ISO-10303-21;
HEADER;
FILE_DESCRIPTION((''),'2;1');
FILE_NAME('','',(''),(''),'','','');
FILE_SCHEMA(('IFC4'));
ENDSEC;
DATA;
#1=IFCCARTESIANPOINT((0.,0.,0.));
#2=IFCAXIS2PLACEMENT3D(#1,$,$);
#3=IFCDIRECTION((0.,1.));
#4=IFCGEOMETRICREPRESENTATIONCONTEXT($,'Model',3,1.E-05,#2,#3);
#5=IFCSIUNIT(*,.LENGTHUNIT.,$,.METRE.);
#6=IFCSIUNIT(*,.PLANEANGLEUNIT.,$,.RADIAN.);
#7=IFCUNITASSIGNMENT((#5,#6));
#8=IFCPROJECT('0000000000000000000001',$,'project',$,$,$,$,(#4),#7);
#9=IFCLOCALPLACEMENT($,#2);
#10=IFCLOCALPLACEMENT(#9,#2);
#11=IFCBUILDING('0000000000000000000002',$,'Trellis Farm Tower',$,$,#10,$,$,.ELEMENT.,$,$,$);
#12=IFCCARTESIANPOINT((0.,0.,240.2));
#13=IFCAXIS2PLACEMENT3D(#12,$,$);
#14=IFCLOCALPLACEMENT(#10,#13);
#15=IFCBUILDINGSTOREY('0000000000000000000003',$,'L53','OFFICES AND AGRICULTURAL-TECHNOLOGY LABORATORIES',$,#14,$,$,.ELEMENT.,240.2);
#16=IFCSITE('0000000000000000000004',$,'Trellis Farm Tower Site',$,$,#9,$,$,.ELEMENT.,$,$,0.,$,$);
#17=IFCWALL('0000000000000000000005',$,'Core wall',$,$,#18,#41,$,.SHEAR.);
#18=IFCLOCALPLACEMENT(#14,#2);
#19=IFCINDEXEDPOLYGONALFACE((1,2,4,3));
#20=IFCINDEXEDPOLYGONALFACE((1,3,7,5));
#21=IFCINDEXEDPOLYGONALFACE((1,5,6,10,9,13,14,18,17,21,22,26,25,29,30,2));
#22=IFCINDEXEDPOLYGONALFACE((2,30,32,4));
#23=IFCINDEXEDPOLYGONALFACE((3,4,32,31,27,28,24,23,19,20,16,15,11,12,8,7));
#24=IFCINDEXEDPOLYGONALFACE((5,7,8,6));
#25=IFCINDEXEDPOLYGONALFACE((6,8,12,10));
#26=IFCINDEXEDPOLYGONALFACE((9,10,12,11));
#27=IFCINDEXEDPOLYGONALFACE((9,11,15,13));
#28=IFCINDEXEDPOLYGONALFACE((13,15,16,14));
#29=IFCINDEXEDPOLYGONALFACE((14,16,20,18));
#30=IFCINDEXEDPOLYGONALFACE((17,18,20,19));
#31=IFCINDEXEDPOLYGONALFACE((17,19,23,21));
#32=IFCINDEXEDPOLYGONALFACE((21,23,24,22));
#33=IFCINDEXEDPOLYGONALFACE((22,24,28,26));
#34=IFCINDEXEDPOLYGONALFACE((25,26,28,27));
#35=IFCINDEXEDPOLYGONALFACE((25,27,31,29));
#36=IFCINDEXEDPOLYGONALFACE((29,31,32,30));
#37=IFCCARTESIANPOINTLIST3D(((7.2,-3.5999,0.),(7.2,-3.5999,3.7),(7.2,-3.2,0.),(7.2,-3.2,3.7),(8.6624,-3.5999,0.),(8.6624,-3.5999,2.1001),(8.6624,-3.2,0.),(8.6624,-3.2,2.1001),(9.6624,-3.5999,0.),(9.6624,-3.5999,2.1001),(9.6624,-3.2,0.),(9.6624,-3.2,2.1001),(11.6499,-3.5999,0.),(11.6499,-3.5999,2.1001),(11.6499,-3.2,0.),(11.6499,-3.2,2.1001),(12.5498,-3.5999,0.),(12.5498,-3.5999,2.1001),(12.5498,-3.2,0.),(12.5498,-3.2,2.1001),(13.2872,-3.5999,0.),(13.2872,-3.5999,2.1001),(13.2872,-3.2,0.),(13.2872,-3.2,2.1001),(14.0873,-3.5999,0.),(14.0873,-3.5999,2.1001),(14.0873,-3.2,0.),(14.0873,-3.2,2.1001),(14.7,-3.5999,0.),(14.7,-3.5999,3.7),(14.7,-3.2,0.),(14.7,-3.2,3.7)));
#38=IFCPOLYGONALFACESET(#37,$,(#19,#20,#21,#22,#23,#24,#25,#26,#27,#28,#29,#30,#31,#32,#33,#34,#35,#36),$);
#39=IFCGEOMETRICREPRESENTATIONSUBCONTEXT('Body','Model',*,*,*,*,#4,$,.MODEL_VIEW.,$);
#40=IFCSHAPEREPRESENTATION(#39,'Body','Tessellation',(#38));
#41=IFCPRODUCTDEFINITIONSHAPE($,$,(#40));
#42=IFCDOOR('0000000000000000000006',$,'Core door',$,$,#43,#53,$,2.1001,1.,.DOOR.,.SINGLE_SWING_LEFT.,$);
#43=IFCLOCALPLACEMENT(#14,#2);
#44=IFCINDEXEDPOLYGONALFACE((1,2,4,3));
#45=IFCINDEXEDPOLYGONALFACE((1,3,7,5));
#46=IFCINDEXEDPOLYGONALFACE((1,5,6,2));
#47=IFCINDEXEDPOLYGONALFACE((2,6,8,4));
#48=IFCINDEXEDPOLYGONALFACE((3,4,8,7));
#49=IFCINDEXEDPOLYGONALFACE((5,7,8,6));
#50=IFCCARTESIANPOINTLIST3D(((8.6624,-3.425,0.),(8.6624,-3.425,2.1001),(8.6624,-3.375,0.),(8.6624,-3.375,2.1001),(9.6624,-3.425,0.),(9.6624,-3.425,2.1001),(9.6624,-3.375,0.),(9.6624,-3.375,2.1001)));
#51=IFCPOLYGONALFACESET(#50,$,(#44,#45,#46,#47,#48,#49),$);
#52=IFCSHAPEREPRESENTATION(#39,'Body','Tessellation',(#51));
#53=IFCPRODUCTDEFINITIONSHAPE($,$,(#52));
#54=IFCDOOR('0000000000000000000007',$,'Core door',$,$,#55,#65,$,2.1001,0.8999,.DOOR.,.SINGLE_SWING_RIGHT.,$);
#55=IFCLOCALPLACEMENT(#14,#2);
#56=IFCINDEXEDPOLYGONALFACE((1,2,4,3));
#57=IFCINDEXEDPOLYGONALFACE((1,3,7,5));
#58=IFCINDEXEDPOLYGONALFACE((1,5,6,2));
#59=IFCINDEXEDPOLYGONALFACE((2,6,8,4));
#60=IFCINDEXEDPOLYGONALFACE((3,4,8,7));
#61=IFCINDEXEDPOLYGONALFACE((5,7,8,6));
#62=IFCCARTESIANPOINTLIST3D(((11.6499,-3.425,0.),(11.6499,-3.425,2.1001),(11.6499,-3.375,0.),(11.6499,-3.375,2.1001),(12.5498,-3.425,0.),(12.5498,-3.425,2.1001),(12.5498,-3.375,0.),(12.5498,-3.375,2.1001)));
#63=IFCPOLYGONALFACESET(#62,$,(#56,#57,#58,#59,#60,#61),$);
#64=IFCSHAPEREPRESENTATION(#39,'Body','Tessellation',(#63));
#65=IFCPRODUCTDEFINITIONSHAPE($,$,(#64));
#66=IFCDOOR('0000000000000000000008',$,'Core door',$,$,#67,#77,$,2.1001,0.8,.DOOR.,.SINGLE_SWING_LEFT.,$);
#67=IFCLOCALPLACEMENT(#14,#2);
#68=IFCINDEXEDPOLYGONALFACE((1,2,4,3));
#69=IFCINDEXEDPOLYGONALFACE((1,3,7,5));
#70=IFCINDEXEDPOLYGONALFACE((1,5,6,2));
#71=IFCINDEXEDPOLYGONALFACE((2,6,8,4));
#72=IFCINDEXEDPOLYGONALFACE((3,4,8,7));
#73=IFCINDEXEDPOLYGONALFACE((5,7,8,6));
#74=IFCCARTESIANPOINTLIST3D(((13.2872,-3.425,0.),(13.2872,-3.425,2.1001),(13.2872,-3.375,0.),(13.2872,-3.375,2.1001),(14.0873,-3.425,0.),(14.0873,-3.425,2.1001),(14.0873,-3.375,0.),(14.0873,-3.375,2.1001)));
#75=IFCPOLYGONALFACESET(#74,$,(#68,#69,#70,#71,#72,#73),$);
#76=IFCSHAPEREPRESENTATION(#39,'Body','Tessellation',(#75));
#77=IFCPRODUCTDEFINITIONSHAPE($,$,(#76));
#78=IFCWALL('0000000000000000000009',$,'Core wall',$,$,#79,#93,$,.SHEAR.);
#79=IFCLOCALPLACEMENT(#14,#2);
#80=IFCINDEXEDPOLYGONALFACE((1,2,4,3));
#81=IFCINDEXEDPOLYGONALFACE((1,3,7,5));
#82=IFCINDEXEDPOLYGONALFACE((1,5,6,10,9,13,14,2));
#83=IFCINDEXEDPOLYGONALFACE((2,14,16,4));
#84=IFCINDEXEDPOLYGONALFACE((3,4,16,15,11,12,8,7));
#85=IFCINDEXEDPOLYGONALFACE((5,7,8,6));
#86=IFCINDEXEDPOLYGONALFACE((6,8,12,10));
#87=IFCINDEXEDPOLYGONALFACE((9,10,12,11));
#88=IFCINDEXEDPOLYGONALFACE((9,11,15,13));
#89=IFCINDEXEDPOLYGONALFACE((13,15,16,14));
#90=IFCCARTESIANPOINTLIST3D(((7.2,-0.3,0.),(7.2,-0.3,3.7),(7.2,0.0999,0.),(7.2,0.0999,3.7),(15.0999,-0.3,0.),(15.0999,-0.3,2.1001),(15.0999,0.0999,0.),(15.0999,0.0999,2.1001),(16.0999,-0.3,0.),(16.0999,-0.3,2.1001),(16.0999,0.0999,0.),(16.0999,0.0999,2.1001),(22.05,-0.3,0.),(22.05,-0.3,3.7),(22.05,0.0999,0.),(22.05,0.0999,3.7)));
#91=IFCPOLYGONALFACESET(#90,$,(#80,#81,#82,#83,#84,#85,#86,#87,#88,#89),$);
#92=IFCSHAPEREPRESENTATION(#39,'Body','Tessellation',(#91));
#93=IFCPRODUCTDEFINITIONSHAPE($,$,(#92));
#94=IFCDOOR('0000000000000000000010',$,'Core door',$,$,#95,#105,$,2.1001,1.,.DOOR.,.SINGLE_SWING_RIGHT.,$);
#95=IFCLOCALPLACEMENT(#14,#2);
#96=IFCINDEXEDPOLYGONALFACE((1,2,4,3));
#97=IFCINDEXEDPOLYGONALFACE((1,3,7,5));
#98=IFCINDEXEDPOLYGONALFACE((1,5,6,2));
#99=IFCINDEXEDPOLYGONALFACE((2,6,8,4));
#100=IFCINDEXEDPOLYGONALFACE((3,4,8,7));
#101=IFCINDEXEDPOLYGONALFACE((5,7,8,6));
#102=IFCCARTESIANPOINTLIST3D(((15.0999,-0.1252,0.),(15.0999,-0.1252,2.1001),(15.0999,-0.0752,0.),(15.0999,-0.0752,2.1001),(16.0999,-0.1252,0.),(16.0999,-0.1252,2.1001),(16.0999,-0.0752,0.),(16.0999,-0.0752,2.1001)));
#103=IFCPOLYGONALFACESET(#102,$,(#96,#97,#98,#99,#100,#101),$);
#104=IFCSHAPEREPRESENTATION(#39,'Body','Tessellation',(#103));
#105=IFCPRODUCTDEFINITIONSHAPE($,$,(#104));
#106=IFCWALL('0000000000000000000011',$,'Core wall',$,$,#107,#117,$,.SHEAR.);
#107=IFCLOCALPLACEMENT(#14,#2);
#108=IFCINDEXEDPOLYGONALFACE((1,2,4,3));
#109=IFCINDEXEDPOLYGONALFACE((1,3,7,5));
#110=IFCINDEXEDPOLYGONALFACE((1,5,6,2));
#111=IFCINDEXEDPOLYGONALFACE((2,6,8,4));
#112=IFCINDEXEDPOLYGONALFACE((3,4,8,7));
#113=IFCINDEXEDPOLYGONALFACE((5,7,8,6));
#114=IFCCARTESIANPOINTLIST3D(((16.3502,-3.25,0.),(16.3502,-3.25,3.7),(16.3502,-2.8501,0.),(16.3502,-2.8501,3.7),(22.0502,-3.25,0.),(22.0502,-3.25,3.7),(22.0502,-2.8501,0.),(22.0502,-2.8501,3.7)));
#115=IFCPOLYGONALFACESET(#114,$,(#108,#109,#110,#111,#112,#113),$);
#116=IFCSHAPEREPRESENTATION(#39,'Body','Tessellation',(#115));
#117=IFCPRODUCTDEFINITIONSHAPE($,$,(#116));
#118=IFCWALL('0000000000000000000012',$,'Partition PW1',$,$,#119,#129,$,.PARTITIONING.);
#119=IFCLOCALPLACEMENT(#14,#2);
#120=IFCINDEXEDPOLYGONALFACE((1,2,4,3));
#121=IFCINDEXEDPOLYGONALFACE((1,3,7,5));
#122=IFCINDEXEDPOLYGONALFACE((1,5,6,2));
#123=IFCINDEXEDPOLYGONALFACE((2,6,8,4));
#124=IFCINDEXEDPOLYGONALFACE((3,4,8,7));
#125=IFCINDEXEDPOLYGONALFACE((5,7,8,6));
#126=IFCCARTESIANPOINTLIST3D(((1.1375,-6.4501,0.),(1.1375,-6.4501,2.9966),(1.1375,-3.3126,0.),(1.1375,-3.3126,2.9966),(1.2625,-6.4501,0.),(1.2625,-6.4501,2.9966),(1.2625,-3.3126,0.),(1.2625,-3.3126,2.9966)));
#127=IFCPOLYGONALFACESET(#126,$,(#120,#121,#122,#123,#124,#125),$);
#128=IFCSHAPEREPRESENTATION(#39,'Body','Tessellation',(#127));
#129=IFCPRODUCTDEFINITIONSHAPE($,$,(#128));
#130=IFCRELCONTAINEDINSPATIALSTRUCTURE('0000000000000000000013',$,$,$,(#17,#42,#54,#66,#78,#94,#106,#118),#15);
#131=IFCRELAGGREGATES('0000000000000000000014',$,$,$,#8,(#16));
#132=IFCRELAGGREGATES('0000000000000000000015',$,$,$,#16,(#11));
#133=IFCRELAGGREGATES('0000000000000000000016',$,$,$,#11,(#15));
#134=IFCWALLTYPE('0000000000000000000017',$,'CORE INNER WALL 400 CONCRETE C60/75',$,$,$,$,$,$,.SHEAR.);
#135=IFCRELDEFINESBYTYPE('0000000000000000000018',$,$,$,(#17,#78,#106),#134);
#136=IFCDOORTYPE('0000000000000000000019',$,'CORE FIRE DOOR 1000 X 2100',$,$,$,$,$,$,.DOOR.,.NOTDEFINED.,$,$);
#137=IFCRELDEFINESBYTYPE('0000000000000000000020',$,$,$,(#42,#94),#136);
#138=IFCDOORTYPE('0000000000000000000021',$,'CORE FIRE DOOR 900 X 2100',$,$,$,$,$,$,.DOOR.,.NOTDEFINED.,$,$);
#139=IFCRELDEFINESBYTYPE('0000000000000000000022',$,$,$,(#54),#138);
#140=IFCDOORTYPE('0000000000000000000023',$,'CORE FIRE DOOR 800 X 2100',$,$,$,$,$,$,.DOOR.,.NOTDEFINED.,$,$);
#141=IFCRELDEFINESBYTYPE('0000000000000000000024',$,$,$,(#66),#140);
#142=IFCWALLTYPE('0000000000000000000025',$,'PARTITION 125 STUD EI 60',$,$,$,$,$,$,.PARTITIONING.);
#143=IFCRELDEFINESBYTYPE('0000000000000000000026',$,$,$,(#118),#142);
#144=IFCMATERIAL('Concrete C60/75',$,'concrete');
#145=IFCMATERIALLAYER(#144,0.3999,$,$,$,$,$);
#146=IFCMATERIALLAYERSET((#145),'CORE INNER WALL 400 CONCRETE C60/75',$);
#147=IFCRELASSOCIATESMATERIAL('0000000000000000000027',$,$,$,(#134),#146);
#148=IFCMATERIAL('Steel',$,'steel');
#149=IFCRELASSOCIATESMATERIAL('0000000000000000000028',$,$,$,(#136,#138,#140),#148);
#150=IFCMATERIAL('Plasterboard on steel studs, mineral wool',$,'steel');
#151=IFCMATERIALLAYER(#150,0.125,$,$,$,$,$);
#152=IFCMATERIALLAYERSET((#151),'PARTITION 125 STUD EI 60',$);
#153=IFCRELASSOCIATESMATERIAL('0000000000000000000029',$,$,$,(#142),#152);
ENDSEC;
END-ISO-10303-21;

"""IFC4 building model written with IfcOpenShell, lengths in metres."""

from ifc_helpers import new_model, si_unit, direction, frame, frame_2d, origin, place, context, subcontext, project, spatial, rectangle, extrude, source, transform, mapped, material, layer, layer_set, type_object, element, fill, save


model = new_model("IFC4")

# Units and contexts
model_context = context("Model", 3, precision=1e-05, world=origin(), true_north=direction((0.0, 1.0)))
body_context = subcontext(model_context, "Body", "Model", "MODEL_VIEW")
ifc_project = project(units=[si_unit("LENGTHUNIT", "METRE"), si_unit("PLANEANGLEUNIT", "RADIAN")], contexts=[model_context])

# Site, building, storey
site_placement = place(None, origin())
site = spatial("IfcSite", under=ifc_project, at=site_placement, Name="Trellis Farm Tower Site", CompositionType="ELEMENT", RefElevation=0.0)
building_placement = place(site_placement, origin())
building = spatial("IfcBuilding", under=site, at=building_placement, Name="Trellis Farm Tower", CompositionType="ELEMENT")
storey_placement = place(building_placement, frame((0.0, 0.0, 240.2)))
storey = spatial("IfcBuildingStorey", under=building, at=storey_placement, Name="L53", Description="OFFICES AND AGRICULTURAL-TECHNOLOGY LABORATORIES", CompositionType="ELEMENT", Elevation=240.2)

# Shared definitions
ifc_material_1 = material(Name="Concrete C60/75", Category="concrete")

# Wall, openings, doors
ifc_layer_1 = layer(ifc_material_1, 0.3999)
ifc_layer_set_1 = layer_set([ifc_layer_1], Name="CORE INNER WALL 400 CONCRETE C60/75")
wall_type_1 = type_object("IfcWallType", Name="CORE INNER WALL 400 CONCRETE C60/75", PredefinedType="SHEAR", material=ifc_layer_set_1)
shared_shape_1 = source(origin(), body_context, "Body", "SweptSolid", [
    extrude(rectangle(XDim=7.5, YDim=0.3999, at=frame_2d((3.75, 0.0))), origin(), (0.0, 0.0, 1.0), 3.7),
])
wall_1_placement = place(storey_placement, frame((7.2, -3.3999, 0.0), z_axis=(0.0, 0.0, 1.0), x_axis=(1.0, 0.0, 0.0)))
wall_1 = element("IfcWall", 1, at=wall_1_placement, inside=storey, type_object=wall_type_1, Name="Core wall", PredefinedType="SHEAR", context=body_context, shape_type="MappedRepresentation", body=[
    mapped(shared_shape_1, transform((0.0, 0.0, 0.0))),
])
shared_shape_2 = source(origin(), body_context, "Body", "SweptSolid", [
    extrude(rectangle(XDim=1.0, YDim=2.1001, at=frame_2d((0.5, 1.05))), frame((0.0, 0.21, 0.0), z_axis=(0.0, -1.0, 0.0), x_axis=(1.0, 0.0, 0.0)), (0.0, 0.0, 1.0), 0.4199),
])
opening_1_placement = place(wall_1_placement, frame((1.4624, 0.0, 0.0)))
opening_1 = element("IfcOpeningElement", 2, at=opening_1_placement, cuts=wall_1, PredefinedType="OPENING", context=body_context, shape_type="MappedRepresentation", body=[
    mapped(shared_shape_2, transform((0.0, 0.0, 0.0))),
])
shared_shape_3 = source(origin(), body_context, "Body", "SweptSolid", [
    extrude(rectangle(XDim=0.8999, YDim=2.1001, at=frame_2d((0.45, 1.05))), frame((0.0, 0.21, 0.0), z_axis=(0.0, -1.0, 0.0), x_axis=(1.0, 0.0, 0.0)), (0.0, 0.0, 1.0), 0.4199),
])
opening_2_placement = place(wall_1_placement, frame((4.45, 0.0, 0.0)))
opening_2 = element("IfcOpeningElement", 3, at=opening_2_placement, cuts=wall_1, PredefinedType="OPENING", context=body_context, shape_type="MappedRepresentation", body=[
    mapped(shared_shape_3, transform((0.0, 0.0, 0.0))),
])
shared_shape_4 = source(origin(), body_context, "Body", "SweptSolid", [
    extrude(rectangle(XDim=0.8, YDim=2.1001, at=frame_2d((0.3999, 1.05))), frame((0.0, 0.21, 0.0), z_axis=(0.0, -1.0, 0.0), x_axis=(1.0, 0.0, 0.0)), (0.0, 0.0, 1.0), 0.4199),
])
opening_3_placement = place(wall_1_placement, frame((6.0874, 0.0, 0.0)))
opening_3 = element("IfcOpeningElement", 4, at=opening_3_placement, cuts=wall_1, PredefinedType="OPENING", context=body_context, shape_type="MappedRepresentation", body=[
    mapped(shared_shape_4, transform((0.0, 0.0, 0.0))),
])
ifc_material_2 = material(Name="Steel", Category="steel")
door_type_1 = type_object("IfcDoorType", Name="CORE FIRE DOOR 1000 X 2100", OperationType="NOTDEFINED", PredefinedType="DOOR", material=ifc_material_2)
shared_shape_5 = source(origin(), body_context, "Body", "SweptSolid", [
    extrude(rectangle(XDim=1.0, YDim=2.1001, at=frame_2d((0.5, 1.05))), frame((0.0, 0.0249, 0.0), z_axis=(0.0, -1.0, 0.0), x_axis=(1.0, 0.0, 0.0)), (0.0, 0.0, 1.0), 0.05),
])
door_1_placement = place(opening_1_placement, origin())
door_1 = element("IfcDoor", 5, at=door_1_placement, inside=storey, type_object=door_type_1, Name="Core door", OperationType="SINGLE_SWING_LEFT", OverallHeight=2.1001, OverallWidth=1.0, PredefinedType="DOOR", context=body_context, shape_type="MappedRepresentation", body=[
    mapped(shared_shape_5, transform((0.0, 0.0, 0.0))),
])
fill(opening_1, door_1)
door_type_2 = type_object("IfcDoorType", Name="CORE FIRE DOOR 900 X 2100", OperationType="NOTDEFINED", PredefinedType="DOOR", material=ifc_material_2)
shared_shape_6 = source(origin(), body_context, "Body", "SweptSolid", [
    extrude(rectangle(XDim=0.8999, YDim=2.1001, at=frame_2d((0.45, 1.05))), frame((0.0, 0.0249, 0.0), z_axis=(0.0, -1.0, 0.0), x_axis=(1.0, 0.0, 0.0)), (0.0, 0.0, 1.0), 0.05),
])
door_2_placement = place(opening_2_placement, origin())
door_2 = element("IfcDoor", 6, at=door_2_placement, inside=storey, type_object=door_type_2, Name="Core door", OperationType="SINGLE_SWING_RIGHT", OverallHeight=2.1001, OverallWidth=0.8999, PredefinedType="DOOR", context=body_context, shape_type="MappedRepresentation", body=[
    mapped(shared_shape_6, transform((0.0, 0.0, 0.0))),
])
fill(opening_2, door_2)
door_type_3 = type_object("IfcDoorType", Name="CORE FIRE DOOR 800 X 2100", OperationType="NOTDEFINED", PredefinedType="DOOR", material=ifc_material_2)
shared_shape_7 = source(origin(), body_context, "Body", "SweptSolid", [
    extrude(rectangle(XDim=0.8, YDim=2.1001, at=frame_2d((0.3999, 1.05))), frame((0.0, 0.0249, 0.0), z_axis=(0.0, -1.0, 0.0), x_axis=(1.0, 0.0, 0.0)), (0.0, 0.0, 1.0), 0.05),
])
door_3_placement = place(opening_3_placement, origin())
door_3 = element("IfcDoor", 7, at=door_3_placement, inside=storey, type_object=door_type_3, Name="Core door", OperationType="SINGLE_SWING_LEFT", OverallHeight=2.1001, OverallWidth=0.8, PredefinedType="DOOR", context=body_context, shape_type="MappedRepresentation", body=[
    mapped(shared_shape_7, transform((0.0, 0.0, 0.0))),
])
fill(opening_3, door_3)

# Wall, opening, door
shared_shape_8 = source(origin(), body_context, "Body", "SweptSolid", [
    extrude(rectangle(XDim=14.8501, YDim=0.3999, at=frame_2d((7.425, 0.0))), origin(), (0.0, 0.0, 1.0), 3.7),
])
wall_2_placement = place(storey_placement, frame((7.2, -0.1001, 0.0), z_axis=(0.0, 0.0, 1.0), x_axis=(1.0, 0.0, 0.0)))
wall_2 = element("IfcWall", 8, at=wall_2_placement, inside=storey, type_object=wall_type_1, Name="Core wall", PredefinedType="SHEAR", context=body_context, shape_type="MappedRepresentation", body=[
    mapped(shared_shape_8, transform((0.0, 0.0, 0.0))),
])
opening_4_placement = place(wall_2_placement, frame((7.8999, 0.0, 0.0)))
opening_4 = element("IfcOpeningElement", 9, at=opening_4_placement, cuts=wall_2, PredefinedType="OPENING", context=body_context, shape_type="MappedRepresentation", body=[
    mapped(shared_shape_2, transform((0.0, 0.0, 0.0))),
])
door_4_placement = place(opening_4_placement, origin())
door_4 = element("IfcDoor", 10, at=door_4_placement, inside=storey, type_object=door_type_1, Name="Core door", OperationType="SINGLE_SWING_RIGHT", OverallHeight=2.1001, OverallWidth=1.0, PredefinedType="DOOR", context=body_context, shape_type="MappedRepresentation", body=[
    mapped(shared_shape_5, transform((0.0, 0.0, 0.0))),
])
fill(opening_4, door_4)

# Walls
shared_shape_9 = source(origin(), body_context, "Body", "SweptSolid", [
    extrude(rectangle(XDim=5.7, YDim=0.3999, at=frame_2d((2.8501, 0.0))), origin(), (0.0, 0.0, 1.0), 3.7),
])
wall_3_placement = place(storey_placement, frame((16.3501, -3.05, 0.0), z_axis=(0.0, 0.0, 1.0), x_axis=(1.0, 0.0, 0.0)))
element("IfcWall", 11, at=wall_3_placement, inside=storey, type_object=wall_type_1, Name="Core wall", PredefinedType="SHEAR", context=body_context, shape_type="MappedRepresentation", body=[
    mapped(shared_shape_9, transform((0.0, 0.0, 0.0))),
])
ifc_material_3 = material(Name="Plasterboard on steel studs, mineral wool", Category="steel")
ifc_layer_2 = layer(ifc_material_3, 0.125)
ifc_layer_set_2 = layer_set([ifc_layer_2], Name="PARTITION 125 STUD EI 60")
wall_type_2 = type_object("IfcWallType", Name="PARTITION 125 STUD EI 60", PredefinedType="PARTITIONING", material=ifc_layer_set_2)
shared_shape_10 = source(origin(), body_context, "Body", "SweptSolid", [
    extrude(rectangle(XDim=3.1375, YDim=0.125, at=frame_2d((1.5688, 0.0))), origin(), (0.0, 0.0, 1.0), 2.9966),
])
wall_4_placement = place(storey_placement, frame((1.2, -3.3125, 0.0), z_axis=(0.0, 0.0, 1.0), x_axis=(0.0, -1.0, 0.0)))
element("IfcWall", 12, at=wall_4_placement, inside=storey, type_object=wall_type_2, Name="Partition PW1", PredefinedType="PARTITIONING", context=body_context, shape_type="MappedRepresentation", body=[
    mapped(shared_shape_10, transform((0.0, 0.0, 0.0))),
])

save(model, "model.ifc")
